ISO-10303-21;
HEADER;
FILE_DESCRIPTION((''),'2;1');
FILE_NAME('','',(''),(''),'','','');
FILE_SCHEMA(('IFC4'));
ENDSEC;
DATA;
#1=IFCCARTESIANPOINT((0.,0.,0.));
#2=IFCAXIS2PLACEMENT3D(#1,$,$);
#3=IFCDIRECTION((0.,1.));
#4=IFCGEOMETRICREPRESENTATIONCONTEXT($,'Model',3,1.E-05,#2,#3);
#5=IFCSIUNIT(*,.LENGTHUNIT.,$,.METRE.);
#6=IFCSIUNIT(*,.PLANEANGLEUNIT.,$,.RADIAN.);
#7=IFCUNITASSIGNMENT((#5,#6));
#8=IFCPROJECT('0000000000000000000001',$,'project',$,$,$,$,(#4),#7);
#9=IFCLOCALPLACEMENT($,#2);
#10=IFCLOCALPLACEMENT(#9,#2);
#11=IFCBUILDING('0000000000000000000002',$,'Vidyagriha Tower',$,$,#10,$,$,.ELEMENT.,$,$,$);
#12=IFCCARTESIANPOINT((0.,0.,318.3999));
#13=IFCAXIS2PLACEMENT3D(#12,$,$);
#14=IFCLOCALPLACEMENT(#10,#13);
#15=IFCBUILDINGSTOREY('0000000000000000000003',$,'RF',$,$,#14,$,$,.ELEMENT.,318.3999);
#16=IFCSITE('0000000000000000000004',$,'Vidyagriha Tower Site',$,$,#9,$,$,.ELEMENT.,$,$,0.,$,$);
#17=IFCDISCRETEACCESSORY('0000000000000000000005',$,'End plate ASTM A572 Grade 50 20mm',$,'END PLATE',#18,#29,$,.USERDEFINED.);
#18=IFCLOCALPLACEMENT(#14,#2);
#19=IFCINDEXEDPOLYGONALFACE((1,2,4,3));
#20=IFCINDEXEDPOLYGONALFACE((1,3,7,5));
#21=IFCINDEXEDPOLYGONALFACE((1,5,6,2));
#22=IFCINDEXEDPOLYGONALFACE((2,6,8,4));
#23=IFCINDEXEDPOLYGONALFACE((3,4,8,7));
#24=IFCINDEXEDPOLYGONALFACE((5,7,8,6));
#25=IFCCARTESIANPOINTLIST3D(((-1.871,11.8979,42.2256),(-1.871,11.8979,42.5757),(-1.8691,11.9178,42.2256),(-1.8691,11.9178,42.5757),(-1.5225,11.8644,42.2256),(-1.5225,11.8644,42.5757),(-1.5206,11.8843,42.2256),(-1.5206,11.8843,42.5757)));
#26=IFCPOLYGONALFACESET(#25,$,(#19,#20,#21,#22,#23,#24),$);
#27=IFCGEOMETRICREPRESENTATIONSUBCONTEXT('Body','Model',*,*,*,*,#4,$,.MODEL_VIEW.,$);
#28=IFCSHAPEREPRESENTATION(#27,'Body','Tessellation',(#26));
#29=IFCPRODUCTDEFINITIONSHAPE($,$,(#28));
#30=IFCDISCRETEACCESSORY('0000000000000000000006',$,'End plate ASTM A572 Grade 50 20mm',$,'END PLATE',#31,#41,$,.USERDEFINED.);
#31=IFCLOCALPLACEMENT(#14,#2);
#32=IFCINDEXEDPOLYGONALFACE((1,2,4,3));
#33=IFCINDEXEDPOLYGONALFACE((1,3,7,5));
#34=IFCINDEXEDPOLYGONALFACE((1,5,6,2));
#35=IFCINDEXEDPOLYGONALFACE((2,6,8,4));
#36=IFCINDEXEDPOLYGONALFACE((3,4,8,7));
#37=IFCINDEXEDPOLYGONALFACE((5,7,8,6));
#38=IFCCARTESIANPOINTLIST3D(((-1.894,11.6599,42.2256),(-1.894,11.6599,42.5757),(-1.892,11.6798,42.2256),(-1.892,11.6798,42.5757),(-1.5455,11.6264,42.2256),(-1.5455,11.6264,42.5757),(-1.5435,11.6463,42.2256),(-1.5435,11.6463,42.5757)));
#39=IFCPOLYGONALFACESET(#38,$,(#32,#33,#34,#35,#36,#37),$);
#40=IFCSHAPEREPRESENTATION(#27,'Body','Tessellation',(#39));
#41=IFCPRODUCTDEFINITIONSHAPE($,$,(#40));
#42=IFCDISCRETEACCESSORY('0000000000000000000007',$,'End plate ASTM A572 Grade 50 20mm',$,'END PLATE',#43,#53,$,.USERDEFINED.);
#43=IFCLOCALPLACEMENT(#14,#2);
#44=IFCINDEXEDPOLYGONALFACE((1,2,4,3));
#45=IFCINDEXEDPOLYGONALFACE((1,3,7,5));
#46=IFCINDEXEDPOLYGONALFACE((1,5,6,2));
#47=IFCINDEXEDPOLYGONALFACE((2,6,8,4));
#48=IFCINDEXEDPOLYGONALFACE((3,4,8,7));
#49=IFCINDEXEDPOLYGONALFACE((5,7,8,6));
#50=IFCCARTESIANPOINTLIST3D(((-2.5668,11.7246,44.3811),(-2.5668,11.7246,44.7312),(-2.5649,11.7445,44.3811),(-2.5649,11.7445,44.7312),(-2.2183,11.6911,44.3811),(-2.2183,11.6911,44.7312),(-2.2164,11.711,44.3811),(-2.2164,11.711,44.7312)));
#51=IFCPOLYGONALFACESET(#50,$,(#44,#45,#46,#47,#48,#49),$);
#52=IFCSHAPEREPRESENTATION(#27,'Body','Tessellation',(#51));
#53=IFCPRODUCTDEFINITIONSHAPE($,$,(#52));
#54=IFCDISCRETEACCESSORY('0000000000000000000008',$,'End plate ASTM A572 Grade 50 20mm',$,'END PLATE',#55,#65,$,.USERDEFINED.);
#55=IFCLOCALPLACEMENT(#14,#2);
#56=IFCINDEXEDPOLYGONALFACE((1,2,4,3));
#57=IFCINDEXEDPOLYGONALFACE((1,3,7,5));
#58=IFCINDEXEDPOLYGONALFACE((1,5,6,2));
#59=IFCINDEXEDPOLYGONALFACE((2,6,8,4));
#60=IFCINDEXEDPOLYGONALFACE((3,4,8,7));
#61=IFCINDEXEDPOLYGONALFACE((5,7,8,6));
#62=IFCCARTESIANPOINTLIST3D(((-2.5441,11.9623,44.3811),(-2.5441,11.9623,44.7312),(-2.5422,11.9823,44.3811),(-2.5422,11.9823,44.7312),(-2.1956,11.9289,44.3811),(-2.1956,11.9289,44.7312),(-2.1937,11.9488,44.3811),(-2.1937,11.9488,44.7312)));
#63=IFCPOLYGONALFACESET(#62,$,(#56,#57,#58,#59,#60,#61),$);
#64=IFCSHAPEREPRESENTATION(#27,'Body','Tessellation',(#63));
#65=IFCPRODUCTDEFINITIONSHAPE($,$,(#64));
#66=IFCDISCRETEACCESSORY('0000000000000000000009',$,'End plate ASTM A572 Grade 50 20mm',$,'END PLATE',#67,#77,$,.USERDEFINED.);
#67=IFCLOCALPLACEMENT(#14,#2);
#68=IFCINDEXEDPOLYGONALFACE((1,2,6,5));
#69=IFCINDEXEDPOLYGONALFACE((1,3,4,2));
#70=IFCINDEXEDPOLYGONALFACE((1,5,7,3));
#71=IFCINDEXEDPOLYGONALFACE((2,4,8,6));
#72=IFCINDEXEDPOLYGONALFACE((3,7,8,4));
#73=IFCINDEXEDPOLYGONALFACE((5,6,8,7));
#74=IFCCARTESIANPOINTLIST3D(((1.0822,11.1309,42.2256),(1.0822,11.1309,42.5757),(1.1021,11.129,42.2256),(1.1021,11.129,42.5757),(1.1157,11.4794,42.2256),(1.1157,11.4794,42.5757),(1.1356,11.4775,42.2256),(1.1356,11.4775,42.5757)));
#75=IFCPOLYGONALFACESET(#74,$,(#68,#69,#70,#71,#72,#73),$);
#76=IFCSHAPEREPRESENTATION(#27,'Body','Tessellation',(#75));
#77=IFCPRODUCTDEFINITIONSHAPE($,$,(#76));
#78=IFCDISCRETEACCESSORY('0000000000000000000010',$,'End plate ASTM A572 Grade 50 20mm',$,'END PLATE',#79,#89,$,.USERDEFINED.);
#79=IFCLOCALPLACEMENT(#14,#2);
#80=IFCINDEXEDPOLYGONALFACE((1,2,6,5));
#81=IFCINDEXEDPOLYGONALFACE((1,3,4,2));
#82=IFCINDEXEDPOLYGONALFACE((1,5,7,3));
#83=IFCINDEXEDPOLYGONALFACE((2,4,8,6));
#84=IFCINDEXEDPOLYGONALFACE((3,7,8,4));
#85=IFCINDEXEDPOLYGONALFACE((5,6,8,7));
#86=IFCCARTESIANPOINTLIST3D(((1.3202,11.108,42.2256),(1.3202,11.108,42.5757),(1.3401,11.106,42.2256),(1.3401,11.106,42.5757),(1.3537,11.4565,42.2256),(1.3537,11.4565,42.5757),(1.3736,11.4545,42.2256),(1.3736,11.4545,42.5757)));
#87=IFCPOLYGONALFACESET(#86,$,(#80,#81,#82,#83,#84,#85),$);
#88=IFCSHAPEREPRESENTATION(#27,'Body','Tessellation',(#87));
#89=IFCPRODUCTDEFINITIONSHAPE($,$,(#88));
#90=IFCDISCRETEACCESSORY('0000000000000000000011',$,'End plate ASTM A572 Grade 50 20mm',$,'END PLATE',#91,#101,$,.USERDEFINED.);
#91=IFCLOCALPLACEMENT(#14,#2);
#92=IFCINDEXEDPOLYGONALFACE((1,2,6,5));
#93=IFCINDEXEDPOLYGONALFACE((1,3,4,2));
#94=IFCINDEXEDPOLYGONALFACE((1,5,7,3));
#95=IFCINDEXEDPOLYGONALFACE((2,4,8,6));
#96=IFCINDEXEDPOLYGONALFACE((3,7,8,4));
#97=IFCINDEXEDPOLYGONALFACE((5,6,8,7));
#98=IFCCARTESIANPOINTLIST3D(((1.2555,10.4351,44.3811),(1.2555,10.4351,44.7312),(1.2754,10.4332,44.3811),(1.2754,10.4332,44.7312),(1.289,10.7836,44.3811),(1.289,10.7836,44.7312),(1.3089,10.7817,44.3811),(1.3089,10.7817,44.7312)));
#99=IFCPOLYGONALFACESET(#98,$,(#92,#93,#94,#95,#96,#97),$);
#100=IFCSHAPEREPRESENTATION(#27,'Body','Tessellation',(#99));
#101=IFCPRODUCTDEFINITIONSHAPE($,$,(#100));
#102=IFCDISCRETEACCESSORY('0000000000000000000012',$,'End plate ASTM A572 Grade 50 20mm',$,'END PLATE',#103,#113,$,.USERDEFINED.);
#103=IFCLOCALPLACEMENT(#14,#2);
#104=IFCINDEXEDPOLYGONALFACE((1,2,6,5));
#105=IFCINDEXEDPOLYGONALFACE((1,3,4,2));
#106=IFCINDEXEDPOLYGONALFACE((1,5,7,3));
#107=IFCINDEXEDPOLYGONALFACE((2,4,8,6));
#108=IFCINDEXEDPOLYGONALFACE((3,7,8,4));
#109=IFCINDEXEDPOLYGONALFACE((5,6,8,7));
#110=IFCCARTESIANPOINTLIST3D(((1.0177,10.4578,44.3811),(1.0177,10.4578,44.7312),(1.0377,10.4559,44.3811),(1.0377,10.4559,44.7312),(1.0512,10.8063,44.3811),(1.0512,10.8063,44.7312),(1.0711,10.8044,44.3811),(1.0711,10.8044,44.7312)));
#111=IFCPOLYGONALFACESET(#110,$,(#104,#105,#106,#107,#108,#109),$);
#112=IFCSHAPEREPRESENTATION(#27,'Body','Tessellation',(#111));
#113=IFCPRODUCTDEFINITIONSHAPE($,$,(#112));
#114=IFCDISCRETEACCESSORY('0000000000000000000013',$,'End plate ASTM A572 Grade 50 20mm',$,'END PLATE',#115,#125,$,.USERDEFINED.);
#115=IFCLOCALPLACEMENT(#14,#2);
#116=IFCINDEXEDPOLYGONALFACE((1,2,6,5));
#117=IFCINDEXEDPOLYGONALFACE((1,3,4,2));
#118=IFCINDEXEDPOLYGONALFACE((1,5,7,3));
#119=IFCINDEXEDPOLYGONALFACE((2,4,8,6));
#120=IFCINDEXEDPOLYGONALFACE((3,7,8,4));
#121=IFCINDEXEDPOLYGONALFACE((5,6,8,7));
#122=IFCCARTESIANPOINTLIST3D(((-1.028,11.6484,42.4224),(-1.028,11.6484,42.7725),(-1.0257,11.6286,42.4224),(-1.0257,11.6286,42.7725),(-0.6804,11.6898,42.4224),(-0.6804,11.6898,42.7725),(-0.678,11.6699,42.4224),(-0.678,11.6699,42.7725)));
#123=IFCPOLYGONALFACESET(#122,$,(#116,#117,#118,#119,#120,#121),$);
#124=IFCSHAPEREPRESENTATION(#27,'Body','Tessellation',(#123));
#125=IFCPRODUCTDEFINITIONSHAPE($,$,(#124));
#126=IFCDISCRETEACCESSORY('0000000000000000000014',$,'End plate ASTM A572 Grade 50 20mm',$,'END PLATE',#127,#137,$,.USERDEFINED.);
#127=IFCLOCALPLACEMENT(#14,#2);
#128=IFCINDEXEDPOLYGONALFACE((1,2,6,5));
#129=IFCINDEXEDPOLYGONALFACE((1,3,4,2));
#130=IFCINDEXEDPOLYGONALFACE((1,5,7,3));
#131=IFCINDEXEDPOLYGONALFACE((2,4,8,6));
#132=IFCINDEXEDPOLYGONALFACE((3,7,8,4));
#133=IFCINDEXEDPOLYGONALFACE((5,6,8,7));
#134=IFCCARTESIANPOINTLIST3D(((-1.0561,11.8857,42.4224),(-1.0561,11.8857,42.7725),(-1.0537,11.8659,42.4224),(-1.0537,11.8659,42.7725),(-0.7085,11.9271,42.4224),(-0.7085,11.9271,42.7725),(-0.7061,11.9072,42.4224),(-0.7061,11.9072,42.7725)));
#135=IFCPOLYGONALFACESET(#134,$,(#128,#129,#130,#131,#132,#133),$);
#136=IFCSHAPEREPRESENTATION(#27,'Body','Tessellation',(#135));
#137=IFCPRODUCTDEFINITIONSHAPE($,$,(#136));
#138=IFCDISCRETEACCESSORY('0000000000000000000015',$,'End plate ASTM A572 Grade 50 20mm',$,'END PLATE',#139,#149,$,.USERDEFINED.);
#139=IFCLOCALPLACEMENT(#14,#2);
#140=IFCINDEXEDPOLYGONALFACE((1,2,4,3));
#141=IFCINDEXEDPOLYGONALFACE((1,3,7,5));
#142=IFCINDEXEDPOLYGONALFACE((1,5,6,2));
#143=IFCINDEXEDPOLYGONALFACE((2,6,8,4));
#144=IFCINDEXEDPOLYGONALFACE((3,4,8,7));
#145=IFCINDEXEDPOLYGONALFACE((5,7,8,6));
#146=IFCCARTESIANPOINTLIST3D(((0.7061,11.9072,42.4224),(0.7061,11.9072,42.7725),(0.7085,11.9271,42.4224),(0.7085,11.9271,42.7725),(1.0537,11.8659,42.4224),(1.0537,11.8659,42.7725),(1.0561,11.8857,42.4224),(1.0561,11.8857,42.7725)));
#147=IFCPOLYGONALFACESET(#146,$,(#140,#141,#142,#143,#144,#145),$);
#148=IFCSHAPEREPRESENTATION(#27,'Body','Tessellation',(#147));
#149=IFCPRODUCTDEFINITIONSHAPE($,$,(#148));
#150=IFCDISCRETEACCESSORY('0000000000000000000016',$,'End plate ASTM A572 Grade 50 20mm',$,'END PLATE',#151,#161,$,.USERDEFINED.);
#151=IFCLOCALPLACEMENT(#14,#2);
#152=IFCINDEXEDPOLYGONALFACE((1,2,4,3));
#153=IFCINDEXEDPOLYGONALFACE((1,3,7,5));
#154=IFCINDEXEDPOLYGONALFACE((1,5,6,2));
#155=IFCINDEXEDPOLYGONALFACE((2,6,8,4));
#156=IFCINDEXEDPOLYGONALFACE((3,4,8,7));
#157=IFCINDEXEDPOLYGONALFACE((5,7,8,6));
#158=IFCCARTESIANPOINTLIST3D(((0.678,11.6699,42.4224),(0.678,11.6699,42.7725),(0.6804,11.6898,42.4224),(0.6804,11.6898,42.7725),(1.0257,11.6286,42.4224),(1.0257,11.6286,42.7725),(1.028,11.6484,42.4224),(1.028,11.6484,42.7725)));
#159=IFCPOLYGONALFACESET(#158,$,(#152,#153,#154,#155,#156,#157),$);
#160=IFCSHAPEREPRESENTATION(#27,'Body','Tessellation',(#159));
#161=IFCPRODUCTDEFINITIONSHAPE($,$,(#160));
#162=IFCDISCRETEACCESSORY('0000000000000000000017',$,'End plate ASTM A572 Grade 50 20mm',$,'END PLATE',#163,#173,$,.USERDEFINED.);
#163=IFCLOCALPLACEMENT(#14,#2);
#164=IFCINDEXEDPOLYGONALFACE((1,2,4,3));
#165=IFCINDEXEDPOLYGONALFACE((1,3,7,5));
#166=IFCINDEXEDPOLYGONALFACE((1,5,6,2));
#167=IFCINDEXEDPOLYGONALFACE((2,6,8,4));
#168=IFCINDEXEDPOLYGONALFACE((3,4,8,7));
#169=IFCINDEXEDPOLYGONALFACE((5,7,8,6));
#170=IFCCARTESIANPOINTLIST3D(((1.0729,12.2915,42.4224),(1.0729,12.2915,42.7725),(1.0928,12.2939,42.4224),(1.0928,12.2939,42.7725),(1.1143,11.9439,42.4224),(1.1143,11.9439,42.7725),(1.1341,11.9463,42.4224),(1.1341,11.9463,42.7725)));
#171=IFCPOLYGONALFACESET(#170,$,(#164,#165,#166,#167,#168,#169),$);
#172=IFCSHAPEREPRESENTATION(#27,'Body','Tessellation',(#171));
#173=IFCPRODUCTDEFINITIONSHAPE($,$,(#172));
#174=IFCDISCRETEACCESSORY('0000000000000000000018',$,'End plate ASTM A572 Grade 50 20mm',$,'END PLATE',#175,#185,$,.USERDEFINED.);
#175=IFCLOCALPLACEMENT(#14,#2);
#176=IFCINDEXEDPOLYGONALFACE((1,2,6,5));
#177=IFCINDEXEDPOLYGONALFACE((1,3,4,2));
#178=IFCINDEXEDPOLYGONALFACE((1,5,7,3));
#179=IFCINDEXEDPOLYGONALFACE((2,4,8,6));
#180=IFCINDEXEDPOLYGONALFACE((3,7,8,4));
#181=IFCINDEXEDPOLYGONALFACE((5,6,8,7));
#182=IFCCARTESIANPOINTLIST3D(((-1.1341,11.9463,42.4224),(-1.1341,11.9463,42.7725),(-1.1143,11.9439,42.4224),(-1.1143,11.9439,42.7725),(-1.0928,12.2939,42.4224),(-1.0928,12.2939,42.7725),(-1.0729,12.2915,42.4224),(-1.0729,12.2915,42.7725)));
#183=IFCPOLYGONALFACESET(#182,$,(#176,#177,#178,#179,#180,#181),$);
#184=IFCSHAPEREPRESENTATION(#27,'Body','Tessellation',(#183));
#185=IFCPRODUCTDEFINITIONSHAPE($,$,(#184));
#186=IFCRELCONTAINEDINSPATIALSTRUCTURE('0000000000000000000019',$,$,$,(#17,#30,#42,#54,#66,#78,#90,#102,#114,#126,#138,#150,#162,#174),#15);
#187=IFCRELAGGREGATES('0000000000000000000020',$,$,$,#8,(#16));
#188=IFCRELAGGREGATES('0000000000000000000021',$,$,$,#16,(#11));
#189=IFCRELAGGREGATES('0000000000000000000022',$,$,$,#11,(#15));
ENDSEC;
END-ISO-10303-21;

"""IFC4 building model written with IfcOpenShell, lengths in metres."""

from ifc_helpers import new_model, si_unit, direction, frame, origin, origin_2d, place, context, subcontext, project, spatial, rectangle, extrude, element, save


model = new_model("IFC4")

# Units and contexts
model_context = context("Model", 3, precision=1e-05, world=origin(), true_north=direction((0.0, 1.0)))
body_context = subcontext(model_context, "Body", "Model", "MODEL_VIEW")
ifc_project = project(units=[si_unit("LENGTHUNIT", "METRE"), si_unit("PLANEANGLEUNIT", "RADIAN")], contexts=[model_context])

# Site, building, storey
site_placement = place(None, origin())
site = spatial("IfcSite", under=ifc_project, at=site_placement, Name="Vidyagriha Tower Site", CompositionType="ELEMENT", RefElevation=0.0)
building_placement = place(site_placement, origin())
building = spatial("IfcBuilding", under=site, at=building_placement, Name="Vidyagriha Tower", CompositionType="ELEMENT")
storey_placement = place(building_placement, frame((0.0, 0.0, 318.3999)))
storey = spatial("IfcBuildingStorey", under=building, at=storey_placement, Name="RF", CompositionType="ELEMENT", Elevation=318.3999)

# Discrete accessories
for number, where, z_axis, x_axis, name in (
    (1, (-1.6958, 11.8911, 42.2256), (0.0, 0.0, 1.0), (0.995414, -0.095662, 0.0), "End plate ASTM A572 Grade 50 20mm"),
    (2, (-1.7188, 11.6531, 42.2256), (0.0, 0.0, 1.0), (0.995414, -0.095662, 0.0), "End plate ASTM A572 Grade 50 20mm"),
    (3, (-2.3916, 11.7178, 44.3811), (0.0, 0.0, 1.0), (-0.995414, 0.095662, 0.0), "End plate ASTM A572 Grade 50 20mm"),
    (4, (-2.3689, 11.9556, 44.3811), (0.0, 0.0, 1.0), (-0.995414, 0.095662, 0.0), "End plate ASTM A572 Grade 50 20mm"),
    (5, (1.1089, 11.3042, 42.2256), (0.0, 0.0, 1.0), (0.095662, 0.995414, 0.0), "End plate ASTM A572 Grade 50 20mm"),
    (6, (1.3469, 11.2812, 42.2256), (0.0, 0.0, 1.0), (0.095662, 0.995414, 0.0), "End plate ASTM A572 Grade 50 20mm"),
    (7, (1.2822, 10.6084, 44.3811), (0.0, 0.0, 1.0), (-0.095662, -0.995414, 0.0), "End plate ASTM A572 Grade 50 20mm"),
    (8, (1.0444, 10.6311, 44.3811), (0.0, 0.0, 1.0), (-0.095662, -0.995414, 0.0), "End plate ASTM A572 Grade 50 20mm"),
    (9, (-0.853, 11.6592, 42.4224), (0.0, 0.0, 1.0), (-0.992996, -0.118149, 0.0), "End plate ASTM A572 Grade 50 20mm"),
    (10, (-0.8811, 11.8965, 42.4224), (0.0, 0.0, 1.0), (-0.992996, -0.118149, 0.0), "End plate ASTM A572 Grade 50 20mm"),
    (11, (0.8811, 11.8965, 42.4224), (0.0, 0.0, 1.0), (0.993, -0.118116, 0.0), "End plate ASTM A572 Grade 50 20mm"),
    (12, (0.853, 11.6592, 42.4224), (0.0, 0.0, 1.0), (0.993, -0.118116, 0.0), "End plate ASTM A572 Grade 50 20mm"),
    (13, (1.1035, 12.1189, 42.4224), (0.0, 0.0, 1.0), (0.118149, -0.992996, 0.0), "End plate ASTM A572 Grade 50 20mm"),
    (14, (-1.1035, 12.1189, 42.4224), (0.0, 0.0, 1.0), (-0.118116, -0.993, 0.0), "End plate ASTM A572 Grade 50 20mm"),
):
    element("IfcDiscreteAccessory", number, at=place(storey_placement, frame(where, z_axis=z_axis, x_axis=x_axis)), inside=storey, Name=name, ObjectType="END PLATE", PredefinedType="USERDEFINED", context=body_context, shape_type="SweptSolid", body=[
        extrude(rectangle(XDim=0.3501, YDim=0.02, at=origin_2d()), origin(), (0.0, 0.0, 1.0), 0.3501),
    ])

save(model, "model.ifc")
